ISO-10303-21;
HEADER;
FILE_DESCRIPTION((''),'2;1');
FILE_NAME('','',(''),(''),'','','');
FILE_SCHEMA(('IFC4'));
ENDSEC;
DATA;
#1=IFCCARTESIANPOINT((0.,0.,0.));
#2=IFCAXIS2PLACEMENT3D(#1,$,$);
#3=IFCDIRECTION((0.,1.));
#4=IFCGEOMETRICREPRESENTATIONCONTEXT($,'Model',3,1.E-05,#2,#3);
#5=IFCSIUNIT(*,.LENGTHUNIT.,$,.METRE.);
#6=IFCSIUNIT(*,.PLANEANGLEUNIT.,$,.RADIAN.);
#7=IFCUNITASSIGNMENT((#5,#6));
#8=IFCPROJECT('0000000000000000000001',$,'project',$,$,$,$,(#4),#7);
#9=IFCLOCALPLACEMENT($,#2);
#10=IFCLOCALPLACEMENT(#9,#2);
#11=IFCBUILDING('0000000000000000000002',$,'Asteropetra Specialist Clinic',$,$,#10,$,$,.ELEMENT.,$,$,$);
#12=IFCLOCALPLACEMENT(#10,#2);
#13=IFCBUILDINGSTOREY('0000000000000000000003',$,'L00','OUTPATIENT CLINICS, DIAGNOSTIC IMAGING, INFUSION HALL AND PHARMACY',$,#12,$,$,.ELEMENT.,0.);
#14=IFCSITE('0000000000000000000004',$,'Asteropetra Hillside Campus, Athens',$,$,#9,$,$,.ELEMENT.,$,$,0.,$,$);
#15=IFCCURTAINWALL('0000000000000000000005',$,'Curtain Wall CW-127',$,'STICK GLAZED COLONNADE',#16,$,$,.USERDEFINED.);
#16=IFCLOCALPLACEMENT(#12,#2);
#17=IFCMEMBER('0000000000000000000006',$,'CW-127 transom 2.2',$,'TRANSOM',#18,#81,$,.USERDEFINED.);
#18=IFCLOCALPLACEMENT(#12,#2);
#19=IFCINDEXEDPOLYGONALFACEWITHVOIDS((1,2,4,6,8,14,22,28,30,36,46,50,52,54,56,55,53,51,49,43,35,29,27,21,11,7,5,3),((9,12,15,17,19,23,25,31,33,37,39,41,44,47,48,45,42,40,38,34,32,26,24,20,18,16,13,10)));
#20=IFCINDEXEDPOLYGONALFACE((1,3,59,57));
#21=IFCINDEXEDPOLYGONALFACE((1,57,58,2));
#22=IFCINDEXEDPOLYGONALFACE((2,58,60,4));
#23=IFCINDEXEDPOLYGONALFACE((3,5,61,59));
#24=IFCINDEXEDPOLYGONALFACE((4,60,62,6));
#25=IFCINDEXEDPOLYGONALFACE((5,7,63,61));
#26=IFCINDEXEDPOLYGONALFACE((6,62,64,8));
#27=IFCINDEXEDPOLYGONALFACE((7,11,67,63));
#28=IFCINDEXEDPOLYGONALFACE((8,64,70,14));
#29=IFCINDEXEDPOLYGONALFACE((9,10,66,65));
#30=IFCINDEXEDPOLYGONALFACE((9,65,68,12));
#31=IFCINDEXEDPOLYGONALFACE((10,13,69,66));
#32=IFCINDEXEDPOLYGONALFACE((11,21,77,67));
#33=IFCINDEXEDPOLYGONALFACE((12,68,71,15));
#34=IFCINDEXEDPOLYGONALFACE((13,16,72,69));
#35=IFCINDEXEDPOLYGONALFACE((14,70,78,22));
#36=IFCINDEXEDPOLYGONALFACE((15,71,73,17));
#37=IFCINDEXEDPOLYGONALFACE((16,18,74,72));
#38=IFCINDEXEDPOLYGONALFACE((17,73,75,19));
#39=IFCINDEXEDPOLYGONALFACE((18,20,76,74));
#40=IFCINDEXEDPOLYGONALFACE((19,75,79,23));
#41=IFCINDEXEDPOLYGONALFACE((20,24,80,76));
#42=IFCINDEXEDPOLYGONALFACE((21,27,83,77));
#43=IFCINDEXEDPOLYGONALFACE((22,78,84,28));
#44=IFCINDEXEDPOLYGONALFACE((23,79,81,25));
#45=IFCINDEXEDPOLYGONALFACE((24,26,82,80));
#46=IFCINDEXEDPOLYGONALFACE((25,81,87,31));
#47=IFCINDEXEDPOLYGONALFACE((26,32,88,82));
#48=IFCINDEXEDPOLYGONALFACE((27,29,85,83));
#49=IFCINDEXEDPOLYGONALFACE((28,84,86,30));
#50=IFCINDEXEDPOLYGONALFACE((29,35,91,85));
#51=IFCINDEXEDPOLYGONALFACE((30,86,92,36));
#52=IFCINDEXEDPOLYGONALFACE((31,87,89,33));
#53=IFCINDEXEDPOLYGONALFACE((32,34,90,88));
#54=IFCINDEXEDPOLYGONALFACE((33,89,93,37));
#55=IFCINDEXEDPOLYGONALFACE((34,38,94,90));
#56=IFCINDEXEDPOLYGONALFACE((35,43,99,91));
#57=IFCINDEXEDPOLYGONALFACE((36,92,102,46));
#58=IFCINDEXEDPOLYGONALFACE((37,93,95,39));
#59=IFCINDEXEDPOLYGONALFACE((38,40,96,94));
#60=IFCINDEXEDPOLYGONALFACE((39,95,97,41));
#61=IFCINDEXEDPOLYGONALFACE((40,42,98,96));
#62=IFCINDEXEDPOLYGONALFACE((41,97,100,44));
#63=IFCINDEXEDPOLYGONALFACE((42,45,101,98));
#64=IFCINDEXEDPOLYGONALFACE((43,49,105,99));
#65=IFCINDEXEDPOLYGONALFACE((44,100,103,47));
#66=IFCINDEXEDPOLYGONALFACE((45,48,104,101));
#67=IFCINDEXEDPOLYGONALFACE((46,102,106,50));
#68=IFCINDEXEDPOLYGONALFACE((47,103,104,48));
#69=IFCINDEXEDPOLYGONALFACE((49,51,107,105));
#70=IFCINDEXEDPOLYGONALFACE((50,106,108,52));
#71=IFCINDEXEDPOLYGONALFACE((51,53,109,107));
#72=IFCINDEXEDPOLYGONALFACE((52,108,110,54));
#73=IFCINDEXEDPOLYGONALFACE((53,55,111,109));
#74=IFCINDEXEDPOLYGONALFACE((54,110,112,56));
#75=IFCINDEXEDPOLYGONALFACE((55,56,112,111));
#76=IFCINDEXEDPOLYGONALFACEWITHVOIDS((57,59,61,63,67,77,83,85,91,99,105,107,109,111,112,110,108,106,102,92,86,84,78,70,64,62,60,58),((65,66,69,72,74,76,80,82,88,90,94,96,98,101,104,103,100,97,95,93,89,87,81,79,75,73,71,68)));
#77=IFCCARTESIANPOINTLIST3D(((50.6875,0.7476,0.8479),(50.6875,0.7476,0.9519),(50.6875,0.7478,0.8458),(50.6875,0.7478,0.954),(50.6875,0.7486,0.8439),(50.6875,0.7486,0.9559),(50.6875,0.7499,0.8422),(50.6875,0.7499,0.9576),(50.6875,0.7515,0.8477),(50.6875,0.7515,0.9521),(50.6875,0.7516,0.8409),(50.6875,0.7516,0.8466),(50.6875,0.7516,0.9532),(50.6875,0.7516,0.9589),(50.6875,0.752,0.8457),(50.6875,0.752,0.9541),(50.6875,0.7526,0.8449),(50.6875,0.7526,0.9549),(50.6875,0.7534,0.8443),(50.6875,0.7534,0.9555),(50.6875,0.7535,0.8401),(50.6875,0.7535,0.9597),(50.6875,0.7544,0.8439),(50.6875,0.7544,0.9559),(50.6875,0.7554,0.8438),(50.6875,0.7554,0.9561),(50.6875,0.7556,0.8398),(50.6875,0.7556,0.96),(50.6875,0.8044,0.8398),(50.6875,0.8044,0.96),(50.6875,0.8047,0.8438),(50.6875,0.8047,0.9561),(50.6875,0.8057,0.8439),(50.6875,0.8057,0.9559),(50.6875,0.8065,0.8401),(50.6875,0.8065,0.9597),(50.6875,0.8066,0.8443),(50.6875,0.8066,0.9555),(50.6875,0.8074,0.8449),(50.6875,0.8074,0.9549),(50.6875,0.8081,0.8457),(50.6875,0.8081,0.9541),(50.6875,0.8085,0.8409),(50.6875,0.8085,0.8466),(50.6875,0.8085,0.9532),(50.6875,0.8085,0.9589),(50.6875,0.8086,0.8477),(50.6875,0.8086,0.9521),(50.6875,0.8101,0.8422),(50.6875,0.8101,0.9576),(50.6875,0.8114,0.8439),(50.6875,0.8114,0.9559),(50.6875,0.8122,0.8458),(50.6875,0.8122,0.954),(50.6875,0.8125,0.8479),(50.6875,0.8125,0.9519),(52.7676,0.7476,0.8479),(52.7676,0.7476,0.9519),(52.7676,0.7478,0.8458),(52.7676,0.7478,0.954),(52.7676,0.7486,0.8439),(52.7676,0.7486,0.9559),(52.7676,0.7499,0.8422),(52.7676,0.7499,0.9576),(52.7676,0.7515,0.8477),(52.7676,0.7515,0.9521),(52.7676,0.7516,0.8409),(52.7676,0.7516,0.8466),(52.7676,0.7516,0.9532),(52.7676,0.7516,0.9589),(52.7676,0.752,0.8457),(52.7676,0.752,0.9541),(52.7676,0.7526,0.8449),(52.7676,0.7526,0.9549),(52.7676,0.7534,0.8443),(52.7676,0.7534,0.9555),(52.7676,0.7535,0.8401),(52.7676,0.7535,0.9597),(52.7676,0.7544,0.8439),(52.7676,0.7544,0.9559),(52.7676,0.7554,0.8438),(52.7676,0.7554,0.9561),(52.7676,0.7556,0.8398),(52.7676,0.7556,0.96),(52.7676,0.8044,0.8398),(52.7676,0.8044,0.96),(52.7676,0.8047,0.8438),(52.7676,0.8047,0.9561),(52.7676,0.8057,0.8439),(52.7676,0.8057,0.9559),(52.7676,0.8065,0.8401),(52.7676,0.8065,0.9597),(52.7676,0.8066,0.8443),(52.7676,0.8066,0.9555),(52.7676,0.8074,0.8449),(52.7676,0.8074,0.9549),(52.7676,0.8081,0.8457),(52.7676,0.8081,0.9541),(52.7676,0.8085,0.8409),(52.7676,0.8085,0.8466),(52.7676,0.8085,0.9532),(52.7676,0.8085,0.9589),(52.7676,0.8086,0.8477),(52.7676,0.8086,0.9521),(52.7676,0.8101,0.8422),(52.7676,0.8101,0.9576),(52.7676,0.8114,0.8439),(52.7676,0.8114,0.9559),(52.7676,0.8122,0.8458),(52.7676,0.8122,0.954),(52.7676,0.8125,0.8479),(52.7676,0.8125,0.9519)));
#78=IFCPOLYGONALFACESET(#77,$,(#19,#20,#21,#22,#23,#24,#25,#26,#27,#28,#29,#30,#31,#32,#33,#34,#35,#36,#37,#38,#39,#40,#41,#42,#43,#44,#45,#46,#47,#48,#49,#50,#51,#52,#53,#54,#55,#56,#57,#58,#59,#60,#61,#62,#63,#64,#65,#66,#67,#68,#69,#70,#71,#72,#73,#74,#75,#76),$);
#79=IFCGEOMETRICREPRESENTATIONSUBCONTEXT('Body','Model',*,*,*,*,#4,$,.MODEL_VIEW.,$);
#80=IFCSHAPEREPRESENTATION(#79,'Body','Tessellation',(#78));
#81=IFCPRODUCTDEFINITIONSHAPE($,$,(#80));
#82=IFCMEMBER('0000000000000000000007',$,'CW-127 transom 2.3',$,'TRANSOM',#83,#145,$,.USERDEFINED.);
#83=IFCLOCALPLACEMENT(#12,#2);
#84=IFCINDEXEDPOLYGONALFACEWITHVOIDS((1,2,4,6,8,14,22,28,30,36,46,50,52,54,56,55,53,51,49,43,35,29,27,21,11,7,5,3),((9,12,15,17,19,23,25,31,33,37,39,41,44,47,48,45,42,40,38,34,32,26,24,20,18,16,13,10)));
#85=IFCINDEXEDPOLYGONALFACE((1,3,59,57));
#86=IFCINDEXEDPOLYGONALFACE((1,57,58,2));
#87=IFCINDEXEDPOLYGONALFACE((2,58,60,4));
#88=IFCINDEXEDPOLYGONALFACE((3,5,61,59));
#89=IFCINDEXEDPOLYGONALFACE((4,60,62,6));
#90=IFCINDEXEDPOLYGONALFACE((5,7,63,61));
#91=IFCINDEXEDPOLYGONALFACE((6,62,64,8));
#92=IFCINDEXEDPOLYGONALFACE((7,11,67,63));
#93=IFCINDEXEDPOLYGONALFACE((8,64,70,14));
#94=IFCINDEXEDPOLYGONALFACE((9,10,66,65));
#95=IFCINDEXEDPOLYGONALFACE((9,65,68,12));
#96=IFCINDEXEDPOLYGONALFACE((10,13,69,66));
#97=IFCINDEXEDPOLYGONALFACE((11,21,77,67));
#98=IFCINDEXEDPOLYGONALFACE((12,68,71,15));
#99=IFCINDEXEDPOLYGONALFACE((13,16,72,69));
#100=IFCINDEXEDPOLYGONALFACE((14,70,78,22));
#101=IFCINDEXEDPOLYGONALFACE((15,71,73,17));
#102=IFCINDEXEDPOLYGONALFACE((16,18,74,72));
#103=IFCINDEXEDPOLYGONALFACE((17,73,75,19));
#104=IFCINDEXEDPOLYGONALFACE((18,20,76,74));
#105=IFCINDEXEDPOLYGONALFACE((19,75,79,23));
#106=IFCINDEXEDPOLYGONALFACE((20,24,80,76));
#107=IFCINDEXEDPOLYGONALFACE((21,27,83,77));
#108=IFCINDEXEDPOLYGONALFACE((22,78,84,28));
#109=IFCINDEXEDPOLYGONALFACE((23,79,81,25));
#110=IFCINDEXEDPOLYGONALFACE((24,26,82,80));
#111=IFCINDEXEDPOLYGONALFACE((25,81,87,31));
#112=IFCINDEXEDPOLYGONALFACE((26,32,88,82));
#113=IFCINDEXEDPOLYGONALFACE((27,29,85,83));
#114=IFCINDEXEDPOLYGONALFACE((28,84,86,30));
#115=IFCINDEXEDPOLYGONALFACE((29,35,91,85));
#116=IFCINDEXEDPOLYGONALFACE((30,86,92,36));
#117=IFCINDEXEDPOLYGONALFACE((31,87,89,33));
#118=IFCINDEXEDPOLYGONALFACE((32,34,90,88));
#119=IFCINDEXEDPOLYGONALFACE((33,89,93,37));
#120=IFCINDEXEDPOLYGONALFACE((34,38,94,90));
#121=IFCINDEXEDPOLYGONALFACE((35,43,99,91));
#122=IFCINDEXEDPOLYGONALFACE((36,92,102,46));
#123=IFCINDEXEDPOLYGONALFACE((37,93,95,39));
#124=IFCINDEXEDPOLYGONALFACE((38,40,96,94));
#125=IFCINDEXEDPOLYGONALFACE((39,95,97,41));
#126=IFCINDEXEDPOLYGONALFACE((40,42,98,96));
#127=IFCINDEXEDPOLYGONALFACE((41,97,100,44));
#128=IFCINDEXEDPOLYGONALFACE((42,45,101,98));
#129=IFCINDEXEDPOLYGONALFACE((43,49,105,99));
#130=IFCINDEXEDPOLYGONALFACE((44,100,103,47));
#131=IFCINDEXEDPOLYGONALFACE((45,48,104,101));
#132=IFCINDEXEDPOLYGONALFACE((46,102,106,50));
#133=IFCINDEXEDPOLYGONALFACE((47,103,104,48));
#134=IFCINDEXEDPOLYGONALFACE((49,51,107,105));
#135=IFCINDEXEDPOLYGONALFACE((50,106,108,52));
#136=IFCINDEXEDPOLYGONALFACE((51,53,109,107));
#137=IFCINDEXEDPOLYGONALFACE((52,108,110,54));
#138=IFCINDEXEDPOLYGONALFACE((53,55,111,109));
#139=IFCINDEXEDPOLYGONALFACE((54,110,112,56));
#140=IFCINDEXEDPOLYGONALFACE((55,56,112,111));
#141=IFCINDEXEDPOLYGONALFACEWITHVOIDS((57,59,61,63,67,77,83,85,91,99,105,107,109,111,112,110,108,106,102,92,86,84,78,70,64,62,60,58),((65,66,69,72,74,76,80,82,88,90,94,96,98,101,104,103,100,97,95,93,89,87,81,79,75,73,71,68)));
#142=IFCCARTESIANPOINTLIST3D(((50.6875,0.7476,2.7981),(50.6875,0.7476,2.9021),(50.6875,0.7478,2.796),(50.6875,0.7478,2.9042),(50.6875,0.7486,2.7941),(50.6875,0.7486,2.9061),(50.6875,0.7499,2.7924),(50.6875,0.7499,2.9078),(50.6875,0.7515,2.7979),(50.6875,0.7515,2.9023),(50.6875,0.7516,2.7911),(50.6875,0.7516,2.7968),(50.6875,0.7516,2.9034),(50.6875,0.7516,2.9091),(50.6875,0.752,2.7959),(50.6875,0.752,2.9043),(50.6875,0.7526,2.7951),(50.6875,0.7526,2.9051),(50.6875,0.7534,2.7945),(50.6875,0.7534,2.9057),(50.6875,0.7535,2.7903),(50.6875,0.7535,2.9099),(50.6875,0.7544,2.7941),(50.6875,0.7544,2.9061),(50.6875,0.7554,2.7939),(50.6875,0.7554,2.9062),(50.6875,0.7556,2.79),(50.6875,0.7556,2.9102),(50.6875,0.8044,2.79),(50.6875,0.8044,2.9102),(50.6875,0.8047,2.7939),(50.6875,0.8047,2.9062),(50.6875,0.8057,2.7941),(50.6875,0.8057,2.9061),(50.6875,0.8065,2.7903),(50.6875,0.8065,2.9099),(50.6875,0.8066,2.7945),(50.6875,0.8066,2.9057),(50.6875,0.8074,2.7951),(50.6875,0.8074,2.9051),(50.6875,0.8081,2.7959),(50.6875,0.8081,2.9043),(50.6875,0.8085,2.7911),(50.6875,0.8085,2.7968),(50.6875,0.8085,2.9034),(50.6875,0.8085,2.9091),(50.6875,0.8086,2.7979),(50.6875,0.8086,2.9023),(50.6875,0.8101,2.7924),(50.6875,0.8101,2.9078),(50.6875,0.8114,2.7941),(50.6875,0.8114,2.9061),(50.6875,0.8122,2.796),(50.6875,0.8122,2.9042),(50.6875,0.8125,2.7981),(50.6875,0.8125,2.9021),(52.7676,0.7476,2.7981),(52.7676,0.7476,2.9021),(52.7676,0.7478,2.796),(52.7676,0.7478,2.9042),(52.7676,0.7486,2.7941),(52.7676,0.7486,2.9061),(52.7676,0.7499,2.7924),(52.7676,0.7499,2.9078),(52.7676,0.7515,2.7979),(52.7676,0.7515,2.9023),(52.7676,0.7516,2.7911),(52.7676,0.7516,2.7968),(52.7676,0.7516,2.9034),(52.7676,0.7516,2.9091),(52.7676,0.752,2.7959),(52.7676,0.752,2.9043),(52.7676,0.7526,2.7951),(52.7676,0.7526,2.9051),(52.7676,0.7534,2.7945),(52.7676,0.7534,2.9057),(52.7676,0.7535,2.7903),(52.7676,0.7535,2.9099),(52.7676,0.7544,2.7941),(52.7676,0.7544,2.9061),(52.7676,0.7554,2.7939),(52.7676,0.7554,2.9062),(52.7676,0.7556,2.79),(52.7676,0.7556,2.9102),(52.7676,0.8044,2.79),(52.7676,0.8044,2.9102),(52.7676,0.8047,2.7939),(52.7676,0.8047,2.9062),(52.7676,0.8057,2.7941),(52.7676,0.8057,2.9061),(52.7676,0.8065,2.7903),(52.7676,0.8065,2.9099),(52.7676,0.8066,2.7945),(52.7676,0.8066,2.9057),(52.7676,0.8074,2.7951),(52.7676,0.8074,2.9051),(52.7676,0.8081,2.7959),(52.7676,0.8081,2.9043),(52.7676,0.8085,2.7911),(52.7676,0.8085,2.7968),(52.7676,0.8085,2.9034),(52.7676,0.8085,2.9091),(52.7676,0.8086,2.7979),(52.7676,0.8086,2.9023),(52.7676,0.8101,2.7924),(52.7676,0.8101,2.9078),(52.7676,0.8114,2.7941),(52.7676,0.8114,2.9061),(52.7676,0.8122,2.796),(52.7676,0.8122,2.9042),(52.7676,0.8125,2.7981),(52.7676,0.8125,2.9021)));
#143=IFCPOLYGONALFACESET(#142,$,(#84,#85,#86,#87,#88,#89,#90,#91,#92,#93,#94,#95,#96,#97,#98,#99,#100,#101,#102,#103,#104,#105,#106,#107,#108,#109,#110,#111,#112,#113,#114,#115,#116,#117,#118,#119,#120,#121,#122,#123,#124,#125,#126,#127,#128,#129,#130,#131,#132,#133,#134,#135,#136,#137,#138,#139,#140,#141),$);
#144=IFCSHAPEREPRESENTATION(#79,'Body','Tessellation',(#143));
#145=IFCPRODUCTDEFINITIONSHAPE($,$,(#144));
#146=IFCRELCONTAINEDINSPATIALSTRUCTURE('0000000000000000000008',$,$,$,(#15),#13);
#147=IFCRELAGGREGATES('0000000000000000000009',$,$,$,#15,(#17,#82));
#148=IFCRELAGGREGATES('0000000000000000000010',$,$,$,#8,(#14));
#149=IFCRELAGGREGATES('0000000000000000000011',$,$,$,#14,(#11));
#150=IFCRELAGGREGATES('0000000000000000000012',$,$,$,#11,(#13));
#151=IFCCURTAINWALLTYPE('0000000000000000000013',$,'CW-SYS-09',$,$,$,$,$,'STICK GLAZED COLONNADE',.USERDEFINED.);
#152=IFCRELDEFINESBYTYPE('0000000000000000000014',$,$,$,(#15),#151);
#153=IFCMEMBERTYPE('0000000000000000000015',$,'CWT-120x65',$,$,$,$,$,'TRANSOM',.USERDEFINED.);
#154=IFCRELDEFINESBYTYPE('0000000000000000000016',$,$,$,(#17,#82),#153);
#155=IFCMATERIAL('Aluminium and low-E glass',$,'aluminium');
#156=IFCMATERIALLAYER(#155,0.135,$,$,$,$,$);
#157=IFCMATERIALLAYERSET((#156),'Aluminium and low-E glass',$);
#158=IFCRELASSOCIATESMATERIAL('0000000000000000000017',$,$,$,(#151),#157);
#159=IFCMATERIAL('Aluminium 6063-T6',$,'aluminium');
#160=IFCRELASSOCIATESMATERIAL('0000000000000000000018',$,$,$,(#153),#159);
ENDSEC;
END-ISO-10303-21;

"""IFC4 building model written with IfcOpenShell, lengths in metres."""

from ifc_helpers import new_model, si_unit, direction, frame, origin, origin_2d, place, context, subcontext, project, spatial, hollow_rectangle, extrude, material, layer, layer_set, material_profile, profile_set, type_object, element, aggregate, save


model = new_model("IFC4")

# Units and contexts
model_context = context("Model", 3, precision=1e-05, world=origin(), true_north=direction((0.0, 1.0)))
body_context = subcontext(model_context, "Body", "Model", "MODEL_VIEW")
ifc_project = project(units=[si_unit("LENGTHUNIT", "METRE"), si_unit("PLANEANGLEUNIT", "RADIAN")], contexts=[model_context])

# Site, building, storey
site_placement = place(None, origin())
site = spatial("IfcSite", under=ifc_project, at=site_placement, Name="Asteropetra Hillside Campus, Athens", CompositionType="ELEMENT", RefElevation=0.0)
building_placement = place(site_placement, origin())
building = spatial("IfcBuilding", under=site, at=building_placement, Name="Asteropetra Specialist Clinic", CompositionType="ELEMENT")
storey_placement = place(building_placement, origin())
storey = spatial("IfcBuildingStorey", under=building, at=storey_placement, Name="L00", Description="OUTPATIENT CLINICS, DIAGNOSTIC IMAGING, INFUSION HALL AND PHARMACY", CompositionType="ELEMENT", Elevation=0.0)

# Curtain wall, members
ifc_material_1 = material(Name="Aluminium and low-E glass", Category="aluminium")
ifc_layer_1 = layer(ifc_material_1, 0.135)
ifc_layer_set_1 = layer_set([ifc_layer_1], Name="Aluminium and low-E glass")
curtain_wall_type_1 = type_object("IfcCurtainWallType", Name="CW-SYS-09", ElementType="STICK GLAZED COLONNADE", PredefinedType="USERDEFINED", material=ifc_layer_set_1)
curtain_wall_1_placement = place(storey_placement, origin())
curtain_wall_1 = element("IfcCurtainWall", 1, at=curtain_wall_1_placement, inside=storey, type_object=curtain_wall_type_1, Name="Curtain Wall CW-127", ObjectType="STICK GLAZED COLONNADE", PredefinedType="USERDEFINED")
ifc_material_2 = material(Name="Aluminium 6063-T6", Category="aluminium")
ifc_material_profile_1 = material_profile(ifc_material_2, hollow_rectangle(XDim=0.0649, YDim=0.1201, WallThickness=0.0039, InnerFilletRadius=0.0039, OuterFilletRadius=0.0081, at=origin_2d()), Name="TRN 120x65x4.0")
ifc_profile_set_1 = profile_set([ifc_material_profile_1], Name="Aluminium 6063-T6")
member_type_1 = type_object("IfcMemberType", Name="CWT-120x65", ElementType="TRANSOM", PredefinedType="USERDEFINED", material=ifc_profile_set_1)
member_1_placement = place(storey_placement, frame((50.6875, 0.78, 0.8999), z_axis=(1.0, 0.0, 0.0), x_axis=(0.0, 1.0, 0.0)))
member_1 = element("IfcMember", 2, at=member_1_placement, type_object=member_type_1, Name="CW-127 transom 2.2", ObjectType="TRANSOM", PredefinedType="USERDEFINED", context=body_context, shape_type="SweptSolid", body=[
    extrude(hollow_rectangle(XDim=0.0649, YDim=0.1201, WallThickness=0.0039, InnerFilletRadius=0.0039, OuterFilletRadius=0.0081, at=origin_2d()), origin(), (0.0, 0.0, 1.0), 2.0801),
])
member_2_placement = place(storey_placement, frame((50.6875, 0.78, 2.8501), z_axis=(1.0, 0.0, 0.0), x_axis=(0.0, 1.0, 0.0)))
member_2 = element("IfcMember", 3, at=member_2_placement, type_object=member_type_1, Name="CW-127 transom 2.3", ObjectType="TRANSOM", PredefinedType="USERDEFINED", context=body_context, shape_type="SweptSolid", body=[
    extrude(hollow_rectangle(XDim=0.0649, YDim=0.1201, WallThickness=0.0039, InnerFilletRadius=0.0039, OuterFilletRadius=0.0081, at=origin_2d()), origin(), (0.0, 0.0, 1.0), 2.0801),
])

aggregate(curtain_wall_1, [member_1, member_2])

save(model, "model.ifc")
